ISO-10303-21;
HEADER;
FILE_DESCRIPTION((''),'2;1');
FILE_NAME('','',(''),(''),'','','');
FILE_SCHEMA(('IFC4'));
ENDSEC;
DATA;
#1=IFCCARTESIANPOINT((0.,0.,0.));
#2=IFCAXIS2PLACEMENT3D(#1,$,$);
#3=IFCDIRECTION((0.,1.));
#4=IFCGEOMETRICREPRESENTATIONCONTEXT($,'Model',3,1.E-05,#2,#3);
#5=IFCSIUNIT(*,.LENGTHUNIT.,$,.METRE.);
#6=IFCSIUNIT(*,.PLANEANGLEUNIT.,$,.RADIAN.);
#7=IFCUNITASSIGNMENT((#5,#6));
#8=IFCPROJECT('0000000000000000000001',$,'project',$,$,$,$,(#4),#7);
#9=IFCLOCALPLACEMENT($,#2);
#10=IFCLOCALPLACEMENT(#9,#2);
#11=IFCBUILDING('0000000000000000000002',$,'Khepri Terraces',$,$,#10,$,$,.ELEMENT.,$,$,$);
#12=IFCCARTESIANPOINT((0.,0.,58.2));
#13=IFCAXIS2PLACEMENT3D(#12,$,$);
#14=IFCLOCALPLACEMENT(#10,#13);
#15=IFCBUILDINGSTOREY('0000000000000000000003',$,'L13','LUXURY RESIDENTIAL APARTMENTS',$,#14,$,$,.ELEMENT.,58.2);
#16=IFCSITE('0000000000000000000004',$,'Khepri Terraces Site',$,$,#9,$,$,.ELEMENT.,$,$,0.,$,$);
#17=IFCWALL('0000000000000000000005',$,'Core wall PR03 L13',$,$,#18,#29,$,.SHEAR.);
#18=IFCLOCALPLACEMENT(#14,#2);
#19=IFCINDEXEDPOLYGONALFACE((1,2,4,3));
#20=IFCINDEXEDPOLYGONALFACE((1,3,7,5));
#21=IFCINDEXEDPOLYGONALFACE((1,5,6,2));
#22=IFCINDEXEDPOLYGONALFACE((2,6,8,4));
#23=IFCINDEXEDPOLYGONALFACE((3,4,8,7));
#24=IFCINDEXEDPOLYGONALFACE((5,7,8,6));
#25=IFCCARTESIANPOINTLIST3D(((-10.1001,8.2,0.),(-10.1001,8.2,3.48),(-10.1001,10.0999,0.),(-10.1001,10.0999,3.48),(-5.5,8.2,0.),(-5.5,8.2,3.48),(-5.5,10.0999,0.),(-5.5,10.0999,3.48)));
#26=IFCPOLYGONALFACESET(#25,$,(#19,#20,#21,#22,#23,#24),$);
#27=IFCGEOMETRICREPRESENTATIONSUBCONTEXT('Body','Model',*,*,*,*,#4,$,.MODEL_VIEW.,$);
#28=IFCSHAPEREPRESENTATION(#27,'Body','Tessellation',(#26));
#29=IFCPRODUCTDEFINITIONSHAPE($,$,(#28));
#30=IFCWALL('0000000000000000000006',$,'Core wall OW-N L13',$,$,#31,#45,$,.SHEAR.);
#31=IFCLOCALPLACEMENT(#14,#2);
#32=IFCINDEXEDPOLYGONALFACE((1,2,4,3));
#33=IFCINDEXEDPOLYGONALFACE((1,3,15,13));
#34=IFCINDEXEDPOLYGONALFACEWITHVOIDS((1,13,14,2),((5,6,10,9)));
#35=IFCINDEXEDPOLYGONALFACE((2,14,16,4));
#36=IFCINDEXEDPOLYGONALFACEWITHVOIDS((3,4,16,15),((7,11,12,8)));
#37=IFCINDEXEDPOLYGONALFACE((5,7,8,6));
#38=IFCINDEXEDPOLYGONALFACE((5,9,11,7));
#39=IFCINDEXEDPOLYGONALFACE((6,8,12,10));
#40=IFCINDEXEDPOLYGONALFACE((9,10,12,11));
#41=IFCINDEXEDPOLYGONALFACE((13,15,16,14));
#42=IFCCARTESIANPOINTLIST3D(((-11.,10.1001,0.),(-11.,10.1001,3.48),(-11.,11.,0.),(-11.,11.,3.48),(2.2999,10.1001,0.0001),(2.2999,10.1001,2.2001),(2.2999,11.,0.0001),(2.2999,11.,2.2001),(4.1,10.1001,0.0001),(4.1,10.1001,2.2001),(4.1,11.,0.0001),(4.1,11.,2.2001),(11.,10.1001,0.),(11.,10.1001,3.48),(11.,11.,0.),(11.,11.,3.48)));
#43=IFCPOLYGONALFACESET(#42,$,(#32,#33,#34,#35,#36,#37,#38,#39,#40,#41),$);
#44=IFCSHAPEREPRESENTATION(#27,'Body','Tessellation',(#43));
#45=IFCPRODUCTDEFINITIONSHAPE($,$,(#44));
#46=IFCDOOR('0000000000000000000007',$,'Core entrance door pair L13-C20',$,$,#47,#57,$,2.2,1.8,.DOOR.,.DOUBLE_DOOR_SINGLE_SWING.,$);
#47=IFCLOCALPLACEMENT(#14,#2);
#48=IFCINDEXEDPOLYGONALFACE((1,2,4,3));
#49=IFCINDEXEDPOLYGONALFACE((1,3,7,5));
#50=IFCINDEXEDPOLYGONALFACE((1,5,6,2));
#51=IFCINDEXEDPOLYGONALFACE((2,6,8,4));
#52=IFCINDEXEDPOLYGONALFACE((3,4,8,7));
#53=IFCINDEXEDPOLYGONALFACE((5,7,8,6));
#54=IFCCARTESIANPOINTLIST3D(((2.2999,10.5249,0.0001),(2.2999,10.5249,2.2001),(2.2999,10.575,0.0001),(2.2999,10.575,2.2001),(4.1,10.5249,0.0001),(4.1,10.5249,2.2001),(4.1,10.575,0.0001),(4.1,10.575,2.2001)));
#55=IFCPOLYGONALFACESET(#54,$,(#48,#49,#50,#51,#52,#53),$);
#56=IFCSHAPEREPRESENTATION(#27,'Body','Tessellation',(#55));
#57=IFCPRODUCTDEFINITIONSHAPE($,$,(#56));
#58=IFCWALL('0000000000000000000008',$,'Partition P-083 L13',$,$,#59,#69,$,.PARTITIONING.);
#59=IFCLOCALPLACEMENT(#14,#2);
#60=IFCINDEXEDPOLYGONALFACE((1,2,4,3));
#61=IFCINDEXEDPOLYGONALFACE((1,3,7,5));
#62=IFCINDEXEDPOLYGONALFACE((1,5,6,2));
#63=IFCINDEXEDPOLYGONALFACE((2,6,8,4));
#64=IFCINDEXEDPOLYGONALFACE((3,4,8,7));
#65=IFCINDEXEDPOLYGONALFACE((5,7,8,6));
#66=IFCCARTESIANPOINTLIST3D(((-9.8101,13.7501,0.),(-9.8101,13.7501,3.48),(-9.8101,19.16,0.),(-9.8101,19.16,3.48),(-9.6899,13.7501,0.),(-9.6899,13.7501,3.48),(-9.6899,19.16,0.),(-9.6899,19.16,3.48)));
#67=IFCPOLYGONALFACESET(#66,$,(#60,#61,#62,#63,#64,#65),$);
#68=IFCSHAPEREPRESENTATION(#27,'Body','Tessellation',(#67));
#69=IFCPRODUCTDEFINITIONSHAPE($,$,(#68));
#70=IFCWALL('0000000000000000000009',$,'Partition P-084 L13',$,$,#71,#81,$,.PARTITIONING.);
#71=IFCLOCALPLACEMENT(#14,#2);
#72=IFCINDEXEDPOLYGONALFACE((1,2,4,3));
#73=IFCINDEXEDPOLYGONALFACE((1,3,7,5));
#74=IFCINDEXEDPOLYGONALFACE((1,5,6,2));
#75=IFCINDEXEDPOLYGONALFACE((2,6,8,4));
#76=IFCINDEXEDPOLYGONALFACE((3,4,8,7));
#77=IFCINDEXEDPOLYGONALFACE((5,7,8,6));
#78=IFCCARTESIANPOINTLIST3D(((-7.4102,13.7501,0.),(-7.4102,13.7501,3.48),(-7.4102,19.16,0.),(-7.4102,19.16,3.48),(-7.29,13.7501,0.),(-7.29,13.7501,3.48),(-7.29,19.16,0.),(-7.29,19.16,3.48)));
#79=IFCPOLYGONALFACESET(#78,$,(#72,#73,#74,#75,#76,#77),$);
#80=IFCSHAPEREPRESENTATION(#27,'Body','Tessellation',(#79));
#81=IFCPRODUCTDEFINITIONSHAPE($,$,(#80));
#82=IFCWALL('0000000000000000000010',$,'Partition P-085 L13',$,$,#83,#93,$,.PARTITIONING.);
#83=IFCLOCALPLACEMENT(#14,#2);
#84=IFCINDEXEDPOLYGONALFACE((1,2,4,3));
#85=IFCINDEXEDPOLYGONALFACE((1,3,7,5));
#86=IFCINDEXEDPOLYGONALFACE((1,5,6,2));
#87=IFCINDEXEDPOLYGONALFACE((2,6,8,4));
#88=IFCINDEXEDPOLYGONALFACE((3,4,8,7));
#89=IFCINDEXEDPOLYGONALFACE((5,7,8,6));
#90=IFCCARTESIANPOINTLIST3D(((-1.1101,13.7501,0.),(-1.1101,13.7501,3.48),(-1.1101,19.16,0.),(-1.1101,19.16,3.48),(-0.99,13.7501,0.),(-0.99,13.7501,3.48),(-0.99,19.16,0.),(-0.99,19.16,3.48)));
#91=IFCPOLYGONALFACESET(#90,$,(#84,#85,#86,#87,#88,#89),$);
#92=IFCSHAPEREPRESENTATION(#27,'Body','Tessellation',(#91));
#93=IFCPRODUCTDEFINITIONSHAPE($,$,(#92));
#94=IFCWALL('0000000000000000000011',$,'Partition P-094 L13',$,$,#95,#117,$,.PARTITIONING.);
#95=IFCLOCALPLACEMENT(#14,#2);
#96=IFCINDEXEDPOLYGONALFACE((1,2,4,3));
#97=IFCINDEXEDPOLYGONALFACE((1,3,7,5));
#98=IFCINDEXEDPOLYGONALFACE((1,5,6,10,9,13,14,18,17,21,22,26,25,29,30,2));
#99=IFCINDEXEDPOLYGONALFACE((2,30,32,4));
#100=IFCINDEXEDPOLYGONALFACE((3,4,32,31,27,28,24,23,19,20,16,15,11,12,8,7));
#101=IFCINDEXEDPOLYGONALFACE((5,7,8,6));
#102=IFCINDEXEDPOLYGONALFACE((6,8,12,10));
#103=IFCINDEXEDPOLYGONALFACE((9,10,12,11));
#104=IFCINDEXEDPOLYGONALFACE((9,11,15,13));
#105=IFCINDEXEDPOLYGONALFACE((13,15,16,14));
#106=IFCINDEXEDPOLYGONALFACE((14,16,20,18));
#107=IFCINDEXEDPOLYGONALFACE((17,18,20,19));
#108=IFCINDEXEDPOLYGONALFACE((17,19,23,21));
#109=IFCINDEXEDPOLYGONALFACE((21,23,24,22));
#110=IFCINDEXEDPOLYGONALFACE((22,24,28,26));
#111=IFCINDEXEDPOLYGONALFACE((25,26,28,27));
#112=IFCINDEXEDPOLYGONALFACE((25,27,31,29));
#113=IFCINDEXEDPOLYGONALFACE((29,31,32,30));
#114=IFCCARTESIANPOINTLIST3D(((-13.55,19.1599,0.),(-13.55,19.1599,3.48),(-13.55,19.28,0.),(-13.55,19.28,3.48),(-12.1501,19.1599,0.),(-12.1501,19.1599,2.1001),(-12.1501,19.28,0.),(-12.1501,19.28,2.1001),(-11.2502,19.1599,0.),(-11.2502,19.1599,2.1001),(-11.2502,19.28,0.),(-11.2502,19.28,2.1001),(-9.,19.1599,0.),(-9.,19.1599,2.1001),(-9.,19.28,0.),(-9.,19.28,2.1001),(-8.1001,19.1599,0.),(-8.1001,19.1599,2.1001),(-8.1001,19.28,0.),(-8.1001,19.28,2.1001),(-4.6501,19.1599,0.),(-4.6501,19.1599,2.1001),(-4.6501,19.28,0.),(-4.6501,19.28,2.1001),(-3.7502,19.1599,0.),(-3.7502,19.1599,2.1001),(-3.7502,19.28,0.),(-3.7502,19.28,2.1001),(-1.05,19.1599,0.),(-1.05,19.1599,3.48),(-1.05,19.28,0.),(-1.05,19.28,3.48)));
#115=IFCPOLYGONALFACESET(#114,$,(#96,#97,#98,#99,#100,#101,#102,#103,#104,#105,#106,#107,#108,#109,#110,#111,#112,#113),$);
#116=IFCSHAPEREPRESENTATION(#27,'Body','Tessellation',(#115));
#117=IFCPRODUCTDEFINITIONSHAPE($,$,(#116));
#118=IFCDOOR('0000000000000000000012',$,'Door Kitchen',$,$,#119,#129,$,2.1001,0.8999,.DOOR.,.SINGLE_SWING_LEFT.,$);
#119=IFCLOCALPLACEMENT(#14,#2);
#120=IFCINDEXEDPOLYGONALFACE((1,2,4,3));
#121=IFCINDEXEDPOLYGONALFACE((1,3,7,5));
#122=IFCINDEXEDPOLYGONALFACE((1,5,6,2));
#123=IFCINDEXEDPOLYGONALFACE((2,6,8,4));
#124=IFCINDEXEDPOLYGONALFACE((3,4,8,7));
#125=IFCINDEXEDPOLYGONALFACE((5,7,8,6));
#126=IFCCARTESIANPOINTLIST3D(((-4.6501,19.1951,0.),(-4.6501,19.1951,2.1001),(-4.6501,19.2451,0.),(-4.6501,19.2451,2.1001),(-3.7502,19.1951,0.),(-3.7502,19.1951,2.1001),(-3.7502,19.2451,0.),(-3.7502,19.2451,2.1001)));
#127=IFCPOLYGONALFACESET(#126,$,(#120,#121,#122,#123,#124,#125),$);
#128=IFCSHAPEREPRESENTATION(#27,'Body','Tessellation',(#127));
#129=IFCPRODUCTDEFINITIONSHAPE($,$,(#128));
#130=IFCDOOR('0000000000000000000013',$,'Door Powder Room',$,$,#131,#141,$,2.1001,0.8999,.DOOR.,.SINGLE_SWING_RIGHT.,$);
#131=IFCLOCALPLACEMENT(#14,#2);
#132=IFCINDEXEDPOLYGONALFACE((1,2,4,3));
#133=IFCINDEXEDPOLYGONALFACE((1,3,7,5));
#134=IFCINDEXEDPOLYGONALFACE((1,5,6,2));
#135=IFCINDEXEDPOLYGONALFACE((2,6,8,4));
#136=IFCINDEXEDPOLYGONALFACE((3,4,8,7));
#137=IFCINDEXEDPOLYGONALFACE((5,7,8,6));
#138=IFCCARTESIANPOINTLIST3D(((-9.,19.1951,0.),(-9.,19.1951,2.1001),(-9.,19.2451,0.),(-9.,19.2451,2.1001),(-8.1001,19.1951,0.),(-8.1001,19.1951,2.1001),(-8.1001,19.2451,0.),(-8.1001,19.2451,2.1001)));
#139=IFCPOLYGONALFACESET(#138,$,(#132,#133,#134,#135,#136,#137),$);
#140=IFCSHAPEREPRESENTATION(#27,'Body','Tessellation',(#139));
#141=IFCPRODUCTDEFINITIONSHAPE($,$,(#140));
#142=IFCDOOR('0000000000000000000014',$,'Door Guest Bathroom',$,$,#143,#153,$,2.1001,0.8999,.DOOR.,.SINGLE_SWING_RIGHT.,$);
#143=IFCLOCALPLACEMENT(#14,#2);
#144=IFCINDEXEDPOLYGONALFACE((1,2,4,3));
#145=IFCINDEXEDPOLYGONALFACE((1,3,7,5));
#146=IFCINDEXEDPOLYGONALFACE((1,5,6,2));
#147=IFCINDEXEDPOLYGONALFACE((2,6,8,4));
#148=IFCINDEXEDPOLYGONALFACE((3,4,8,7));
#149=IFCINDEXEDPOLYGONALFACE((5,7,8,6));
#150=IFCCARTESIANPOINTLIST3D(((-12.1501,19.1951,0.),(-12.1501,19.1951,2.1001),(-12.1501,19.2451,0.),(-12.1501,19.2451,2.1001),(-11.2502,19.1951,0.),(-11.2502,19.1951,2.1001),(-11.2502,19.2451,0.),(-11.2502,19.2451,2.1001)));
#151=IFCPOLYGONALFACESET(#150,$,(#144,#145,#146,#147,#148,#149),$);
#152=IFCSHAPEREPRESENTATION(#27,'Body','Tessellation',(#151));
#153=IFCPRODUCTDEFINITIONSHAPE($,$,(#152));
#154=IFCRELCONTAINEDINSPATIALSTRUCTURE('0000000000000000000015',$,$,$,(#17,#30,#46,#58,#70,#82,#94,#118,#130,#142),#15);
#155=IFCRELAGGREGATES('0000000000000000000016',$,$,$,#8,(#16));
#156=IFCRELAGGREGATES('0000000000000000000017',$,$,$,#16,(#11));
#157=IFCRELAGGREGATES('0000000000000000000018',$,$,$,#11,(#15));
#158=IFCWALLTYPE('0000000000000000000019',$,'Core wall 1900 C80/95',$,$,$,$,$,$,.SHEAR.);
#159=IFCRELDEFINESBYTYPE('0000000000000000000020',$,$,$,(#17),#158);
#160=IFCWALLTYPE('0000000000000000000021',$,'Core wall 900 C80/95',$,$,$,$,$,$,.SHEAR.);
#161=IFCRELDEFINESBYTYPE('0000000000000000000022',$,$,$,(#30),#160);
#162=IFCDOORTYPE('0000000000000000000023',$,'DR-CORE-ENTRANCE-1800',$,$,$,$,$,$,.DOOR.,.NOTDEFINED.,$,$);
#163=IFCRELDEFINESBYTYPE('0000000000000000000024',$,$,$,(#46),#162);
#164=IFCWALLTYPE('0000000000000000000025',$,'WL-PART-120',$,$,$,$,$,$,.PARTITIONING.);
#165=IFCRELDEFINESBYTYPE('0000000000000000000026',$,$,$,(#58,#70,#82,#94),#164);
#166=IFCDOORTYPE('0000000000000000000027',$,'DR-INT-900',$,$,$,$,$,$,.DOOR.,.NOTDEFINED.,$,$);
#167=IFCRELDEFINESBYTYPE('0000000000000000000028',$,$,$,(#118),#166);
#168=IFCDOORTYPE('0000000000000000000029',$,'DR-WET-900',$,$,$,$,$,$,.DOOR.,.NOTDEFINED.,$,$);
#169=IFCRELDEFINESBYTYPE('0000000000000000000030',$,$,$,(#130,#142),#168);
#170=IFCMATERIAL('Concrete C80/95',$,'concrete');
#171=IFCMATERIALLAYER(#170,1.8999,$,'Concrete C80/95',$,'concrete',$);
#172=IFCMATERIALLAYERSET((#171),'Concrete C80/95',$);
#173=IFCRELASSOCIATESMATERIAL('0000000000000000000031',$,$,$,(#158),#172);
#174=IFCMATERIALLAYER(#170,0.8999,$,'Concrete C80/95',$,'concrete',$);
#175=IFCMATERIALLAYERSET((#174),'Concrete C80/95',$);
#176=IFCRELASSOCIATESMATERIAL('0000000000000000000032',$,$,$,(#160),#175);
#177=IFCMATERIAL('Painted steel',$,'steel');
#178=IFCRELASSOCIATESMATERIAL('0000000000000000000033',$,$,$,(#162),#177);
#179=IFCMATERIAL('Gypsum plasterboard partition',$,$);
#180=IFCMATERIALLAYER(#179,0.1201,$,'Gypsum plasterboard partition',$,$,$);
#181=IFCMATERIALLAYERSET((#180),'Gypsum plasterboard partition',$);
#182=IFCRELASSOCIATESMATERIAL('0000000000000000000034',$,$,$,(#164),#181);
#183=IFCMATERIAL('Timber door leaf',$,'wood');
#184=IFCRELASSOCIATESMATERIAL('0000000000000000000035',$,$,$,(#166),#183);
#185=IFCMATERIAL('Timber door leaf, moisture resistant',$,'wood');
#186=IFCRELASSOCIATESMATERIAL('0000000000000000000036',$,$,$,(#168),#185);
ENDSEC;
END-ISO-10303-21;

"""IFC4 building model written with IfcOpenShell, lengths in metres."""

from ifc_helpers import new_model, si_unit, direction, frame, frame_2d, origin, place, context, subcontext, project, spatial, rectangle, extrude, material, layer, layer_set, type_object, element, fill, save


model = new_model("IFC4")

# Units and contexts
model_context = context("Model", 3, precision=1e-05, world=origin(), true_north=direction((0.0, 1.0)))
body_context = subcontext(model_context, "Body", "Model", "MODEL_VIEW")
ifc_project = project(units=[si_unit("LENGTHUNIT", "METRE"), si_unit("PLANEANGLEUNIT", "RADIAN")], contexts=[model_context])

# Site, building, storey
site_placement = place(None, origin())
site = spatial("IfcSite", under=ifc_project, at=site_placement, Name="Khepri Terraces Site", CompositionType="ELEMENT", RefElevation=0.0)
building_placement = place(site_placement, origin())
building = spatial("IfcBuilding", under=site, at=building_placement, Name="Khepri Terraces", CompositionType="ELEMENT")
storey_placement = place(building_placement, frame((0.0, 0.0, 58.2)))
storey = spatial("IfcBuildingStorey", under=building, at=storey_placement, Name="L13", Description="LUXURY RESIDENTIAL APARTMENTS", CompositionType="ELEMENT", Elevation=58.2)

# Wall
ifc_material_1 = material(Name="Concrete C80/95", Category="concrete")
ifc_layer_1 = layer(ifc_material_1, 1.8999, Name="Concrete C80/95", Category="concrete")
ifc_layer_set_1 = layer_set([ifc_layer_1], Name="Concrete C80/95")
wall_type_1 = type_object("IfcWallType", Name="Core wall 1900 C80/95", PredefinedType="SHEAR", material=ifc_layer_set_1)
wall_1_placement = place(storey_placement, frame((-10.1001, 9.1499, 0.0), z_axis=(0.0, 0.0, 1.0), x_axis=(1.0, 0.0, 0.0)))
element("IfcWall", 1, at=wall_1_placement, inside=storey, type_object=wall_type_1, Name="Core wall PR03 L13", PredefinedType="SHEAR", context=body_context, shape_type="SweptSolid", body=[
    extrude(rectangle(XDim=4.6001, YDim=1.8999, at=frame_2d((2.3, 0.0))), origin(), (0.0, 0.0, 1.0), 3.48),
])

# Wall, opening, door
ifc_layer_2 = layer(ifc_material_1, 0.8999, Name="Concrete C80/95", Category="concrete")
ifc_layer_set_2 = layer_set([ifc_layer_2], Name="Concrete C80/95")
wall_type_2 = type_object("IfcWallType", Name="Core wall 900 C80/95", PredefinedType="SHEAR", material=ifc_layer_set_2)
wall_2_placement = place(storey_placement, frame((-11.0, 10.55, 0.0), z_axis=(0.0, 0.0, 1.0), x_axis=(1.0, 0.0, 0.0)))
wall_2 = element("IfcWall", 2, at=wall_2_placement, inside=storey, type_object=wall_type_2, Name="Core wall OW-N L13", PredefinedType="SHEAR", context=body_context, shape_type="SweptSolid", body=[
    extrude(rectangle(XDim=22.0, YDim=0.8999, at=frame_2d((11.0, 0.0))), origin(), (0.0, 0.0, 1.0), 3.48),
])
opening_1_placement = place(wall_2_placement, frame((13.3, 0.0, 0.0)))
opening_1 = element("IfcOpeningElement", 3, at=opening_1_placement, cuts=wall_2, PredefinedType="OPENING", context=body_context, shape_type="SweptSolid", body=[
    extrude(rectangle(XDim=1.8, YDim=2.2, at=frame_2d((0.8999, 1.1001))), frame((0.0, 0.46, 0.0), z_axis=(0.0, -1.0, 0.0), x_axis=(1.0, 0.0, 0.0)), (0.0, 0.0, 1.0), 0.9199),
])
ifc_material_2 = material(Name="Painted steel", Category="steel")
door_type_1 = type_object("IfcDoorType", Name="DR-CORE-ENTRANCE-1800", OperationType="NOTDEFINED", PredefinedType="DOOR", material=ifc_material_2)
door_1_placement = place(opening_1_placement, origin())
door_1 = element("IfcDoor", 4, at=door_1_placement, inside=storey, type_object=door_type_1, Name="Core entrance door pair L13-C20", OperationType="DOUBLE_DOOR_SINGLE_SWING", OverallHeight=2.2, OverallWidth=1.8, PredefinedType="DOOR", context=body_context, shape_type="SweptSolid", body=[
    extrude(rectangle(XDim=1.8, YDim=2.2, at=frame_2d((0.8999, 1.1001))), frame((0.0, 0.0249, 0.0), z_axis=(0.0, -1.0, 0.0), x_axis=(1.0, 0.0, 0.0)), (0.0, 0.0, 1.0), 0.05),
])
fill(opening_1, door_1)

# Walls
ifc_material_3 = material(Name="Gypsum plasterboard partition")
ifc_layer_3 = layer(ifc_material_3, 0.1201, Name="Gypsum plasterboard partition")
ifc_layer_set_3 = layer_set([ifc_layer_3], Name="Gypsum plasterboard partition")
wall_type_3 = type_object("IfcWallType", Name="WL-PART-120", PredefinedType="PARTITIONING", material=ifc_layer_set_3)
for number, where, z_axis, x_axis, name in (
    (5, (-9.75, 13.75, 0.0), (0.0, 0.0, 1.0), (0.0, 1.0, 0.0), "Partition P-083 L13"),
    (6, (-7.3501, 13.75, 0.0), (0.0, 0.0, 1.0), (0.0, 1.0, 0.0), "Partition P-084 L13"),
    (7, (-1.05, 13.75, 0.0), (0.0, 0.0, 1.0), (0.0, 1.0, 0.0), "Partition P-085 L13"),
):
    element("IfcWall", number, at=place(storey_placement, frame(where, z_axis=z_axis, x_axis=x_axis)), inside=storey, type_object=wall_type_3, Name=name, PredefinedType="PARTITIONING", context=body_context, shape_type="SweptSolid", body=[
        extrude(rectangle(XDim=5.4099, YDim=0.1201, at=frame_2d((2.7051, 0.0))), origin(), (0.0, 0.0, 1.0), 3.48),
    ])

# Wall, openings, doors
wall_3_placement = place(storey_placement, frame((-13.55, 19.22, 0.0), z_axis=(0.0, 0.0, 1.0), x_axis=(1.0, 0.0, 0.0)))
wall_3 = element("IfcWall", 8, at=wall_3_placement, inside=storey, type_object=wall_type_3, Name="Partition P-094 L13", PredefinedType="PARTITIONING", context=body_context, shape_type="SweptSolid", body=[
    extrude(rectangle(XDim=12.5, YDim=0.1201, at=frame_2d((6.25, 0.0))), origin(), (0.0, 0.0, 1.0), 3.48),
])
opening_2_placement = place(wall_3_placement, frame((8.8999, 0.0, 0.0)))
opening_2 = element("IfcOpeningElement", 9, at=opening_2_placement, cuts=wall_3, PredefinedType="OPENING", context=body_context, shape_type="SweptSolid", body=[
    extrude(rectangle(XDim=0.8999, YDim=2.1001, at=frame_2d((0.45, 1.05))), frame((0.0, 0.0701, 0.0), z_axis=(0.0, -1.0, 0.0), x_axis=(1.0, 0.0, 0.0)), (0.0, 0.0, 1.0), 0.1401),
])
opening_3_placement = place(wall_3_placement, frame((4.55, 0.0, 0.0)))
opening_3 = element("IfcOpeningElement", 10, at=opening_3_placement, cuts=wall_3, PredefinedType="OPENING", context=body_context, shape_type="SweptSolid", body=[
    extrude(rectangle(XDim=0.8999, YDim=2.1001, at=frame_2d((0.45, 1.05))), frame((0.0, 0.0701, 0.0), z_axis=(0.0, -1.0, 0.0), x_axis=(1.0, 0.0, 0.0)), (0.0, 0.0, 1.0), 0.1401),
])
opening_4_placement = place(wall_3_placement, frame((1.3999, 0.0, 0.0)))
opening_4 = element("IfcOpeningElement", 11, at=opening_4_placement, cuts=wall_3, PredefinedType="OPENING", context=body_context, shape_type="SweptSolid", body=[
    extrude(rectangle(XDim=0.8999, YDim=2.1001, at=frame_2d((0.45, 1.05))), frame((0.0, 0.0701, 0.0), z_axis=(0.0, -1.0, 0.0), x_axis=(1.0, 0.0, 0.0)), (0.0, 0.0, 1.0), 0.1401),
])
ifc_material_4 = material(Name="Timber door leaf", Category="wood")
door_type_2 = type_object("IfcDoorType", Name="DR-INT-900", OperationType="NOTDEFINED", PredefinedType="DOOR", material=ifc_material_4)
door_2_placement = place(opening_2_placement, frame((0.8999, 0.0, 0.0), z_axis=(0.0, 0.0, 1.0), x_axis=(-1.0, 0.0, 0.0)))
door_2 = element("IfcDoor", 12, at=door_2_placement, inside=storey, type_object=door_type_2, Name="Door Kitchen", OperationType="SINGLE_SWING_LEFT", OverallHeight=2.1001, OverallWidth=0.8999, PredefinedType="DOOR", context=body_context, shape_type="SweptSolid", body=[
    extrude(rectangle(XDim=0.8999, YDim=2.1001, at=frame_2d((0.45, 1.05))), frame((0.0, 0.0249, 0.0), z_axis=(0.0, -1.0, 0.0), x_axis=(1.0, 0.0, 0.0)), (0.0, 0.0, 1.0), 0.05),
])
fill(opening_2, door_2)
ifc_material_5 = material(Name="Timber door leaf, moisture resistant", Category="wood")
door_type_3 = type_object("IfcDoorType", Name="DR-WET-900", OperationType="NOTDEFINED", PredefinedType="DOOR", material=ifc_material_5)
door_3_placement = place(opening_3_placement, frame((0.8999, 0.0, 0.0), z_axis=(0.0, 0.0, 1.0), x_axis=(-1.0, 0.0, 0.0)))
door_3 = element("IfcDoor", 13, at=door_3_placement, inside=storey, type_object=door_type_3, Name="Door Powder Room", OperationType="SINGLE_SWING_RIGHT", OverallHeight=2.1001, OverallWidth=0.8999, PredefinedType="DOOR", context=body_context, shape_type="SweptSolid", body=[
    extrude(rectangle(XDim=0.8999, YDim=2.1001, at=frame_2d((0.45, 1.05))), frame((0.0, 0.0249, 0.0), z_axis=(0.0, -1.0, 0.0), x_axis=(1.0, 0.0, 0.0)), (0.0, 0.0, 1.0), 0.05),
])
fill(opening_3, door_3)
door_4_placement = place(opening_4_placement, frame((0.8999, 0.0, 0.0), z_axis=(0.0, 0.0, 1.0), x_axis=(-1.0, 0.0, 0.0)))
door_4 = element("IfcDoor", 14, at=door_4_placement, inside=storey, type_object=door_type_3, Name="Door Guest Bathroom", OperationType="SINGLE_SWING_RIGHT", OverallHeight=2.1001, OverallWidth=0.8999, PredefinedType="DOOR", context=body_context, shape_type="SweptSolid", body=[
    extrude(rectangle(XDim=0.8999, YDim=2.1001, at=frame_2d((0.45, 1.05))), frame((0.0, 0.0249, 0.0), z_axis=(0.0, -1.0, 0.0), x_axis=(1.0, 0.0, 0.0)), (0.0, 0.0, 1.0), 0.05),
])
fill(opening_4, door_4)

save(model, "model.ifc")
